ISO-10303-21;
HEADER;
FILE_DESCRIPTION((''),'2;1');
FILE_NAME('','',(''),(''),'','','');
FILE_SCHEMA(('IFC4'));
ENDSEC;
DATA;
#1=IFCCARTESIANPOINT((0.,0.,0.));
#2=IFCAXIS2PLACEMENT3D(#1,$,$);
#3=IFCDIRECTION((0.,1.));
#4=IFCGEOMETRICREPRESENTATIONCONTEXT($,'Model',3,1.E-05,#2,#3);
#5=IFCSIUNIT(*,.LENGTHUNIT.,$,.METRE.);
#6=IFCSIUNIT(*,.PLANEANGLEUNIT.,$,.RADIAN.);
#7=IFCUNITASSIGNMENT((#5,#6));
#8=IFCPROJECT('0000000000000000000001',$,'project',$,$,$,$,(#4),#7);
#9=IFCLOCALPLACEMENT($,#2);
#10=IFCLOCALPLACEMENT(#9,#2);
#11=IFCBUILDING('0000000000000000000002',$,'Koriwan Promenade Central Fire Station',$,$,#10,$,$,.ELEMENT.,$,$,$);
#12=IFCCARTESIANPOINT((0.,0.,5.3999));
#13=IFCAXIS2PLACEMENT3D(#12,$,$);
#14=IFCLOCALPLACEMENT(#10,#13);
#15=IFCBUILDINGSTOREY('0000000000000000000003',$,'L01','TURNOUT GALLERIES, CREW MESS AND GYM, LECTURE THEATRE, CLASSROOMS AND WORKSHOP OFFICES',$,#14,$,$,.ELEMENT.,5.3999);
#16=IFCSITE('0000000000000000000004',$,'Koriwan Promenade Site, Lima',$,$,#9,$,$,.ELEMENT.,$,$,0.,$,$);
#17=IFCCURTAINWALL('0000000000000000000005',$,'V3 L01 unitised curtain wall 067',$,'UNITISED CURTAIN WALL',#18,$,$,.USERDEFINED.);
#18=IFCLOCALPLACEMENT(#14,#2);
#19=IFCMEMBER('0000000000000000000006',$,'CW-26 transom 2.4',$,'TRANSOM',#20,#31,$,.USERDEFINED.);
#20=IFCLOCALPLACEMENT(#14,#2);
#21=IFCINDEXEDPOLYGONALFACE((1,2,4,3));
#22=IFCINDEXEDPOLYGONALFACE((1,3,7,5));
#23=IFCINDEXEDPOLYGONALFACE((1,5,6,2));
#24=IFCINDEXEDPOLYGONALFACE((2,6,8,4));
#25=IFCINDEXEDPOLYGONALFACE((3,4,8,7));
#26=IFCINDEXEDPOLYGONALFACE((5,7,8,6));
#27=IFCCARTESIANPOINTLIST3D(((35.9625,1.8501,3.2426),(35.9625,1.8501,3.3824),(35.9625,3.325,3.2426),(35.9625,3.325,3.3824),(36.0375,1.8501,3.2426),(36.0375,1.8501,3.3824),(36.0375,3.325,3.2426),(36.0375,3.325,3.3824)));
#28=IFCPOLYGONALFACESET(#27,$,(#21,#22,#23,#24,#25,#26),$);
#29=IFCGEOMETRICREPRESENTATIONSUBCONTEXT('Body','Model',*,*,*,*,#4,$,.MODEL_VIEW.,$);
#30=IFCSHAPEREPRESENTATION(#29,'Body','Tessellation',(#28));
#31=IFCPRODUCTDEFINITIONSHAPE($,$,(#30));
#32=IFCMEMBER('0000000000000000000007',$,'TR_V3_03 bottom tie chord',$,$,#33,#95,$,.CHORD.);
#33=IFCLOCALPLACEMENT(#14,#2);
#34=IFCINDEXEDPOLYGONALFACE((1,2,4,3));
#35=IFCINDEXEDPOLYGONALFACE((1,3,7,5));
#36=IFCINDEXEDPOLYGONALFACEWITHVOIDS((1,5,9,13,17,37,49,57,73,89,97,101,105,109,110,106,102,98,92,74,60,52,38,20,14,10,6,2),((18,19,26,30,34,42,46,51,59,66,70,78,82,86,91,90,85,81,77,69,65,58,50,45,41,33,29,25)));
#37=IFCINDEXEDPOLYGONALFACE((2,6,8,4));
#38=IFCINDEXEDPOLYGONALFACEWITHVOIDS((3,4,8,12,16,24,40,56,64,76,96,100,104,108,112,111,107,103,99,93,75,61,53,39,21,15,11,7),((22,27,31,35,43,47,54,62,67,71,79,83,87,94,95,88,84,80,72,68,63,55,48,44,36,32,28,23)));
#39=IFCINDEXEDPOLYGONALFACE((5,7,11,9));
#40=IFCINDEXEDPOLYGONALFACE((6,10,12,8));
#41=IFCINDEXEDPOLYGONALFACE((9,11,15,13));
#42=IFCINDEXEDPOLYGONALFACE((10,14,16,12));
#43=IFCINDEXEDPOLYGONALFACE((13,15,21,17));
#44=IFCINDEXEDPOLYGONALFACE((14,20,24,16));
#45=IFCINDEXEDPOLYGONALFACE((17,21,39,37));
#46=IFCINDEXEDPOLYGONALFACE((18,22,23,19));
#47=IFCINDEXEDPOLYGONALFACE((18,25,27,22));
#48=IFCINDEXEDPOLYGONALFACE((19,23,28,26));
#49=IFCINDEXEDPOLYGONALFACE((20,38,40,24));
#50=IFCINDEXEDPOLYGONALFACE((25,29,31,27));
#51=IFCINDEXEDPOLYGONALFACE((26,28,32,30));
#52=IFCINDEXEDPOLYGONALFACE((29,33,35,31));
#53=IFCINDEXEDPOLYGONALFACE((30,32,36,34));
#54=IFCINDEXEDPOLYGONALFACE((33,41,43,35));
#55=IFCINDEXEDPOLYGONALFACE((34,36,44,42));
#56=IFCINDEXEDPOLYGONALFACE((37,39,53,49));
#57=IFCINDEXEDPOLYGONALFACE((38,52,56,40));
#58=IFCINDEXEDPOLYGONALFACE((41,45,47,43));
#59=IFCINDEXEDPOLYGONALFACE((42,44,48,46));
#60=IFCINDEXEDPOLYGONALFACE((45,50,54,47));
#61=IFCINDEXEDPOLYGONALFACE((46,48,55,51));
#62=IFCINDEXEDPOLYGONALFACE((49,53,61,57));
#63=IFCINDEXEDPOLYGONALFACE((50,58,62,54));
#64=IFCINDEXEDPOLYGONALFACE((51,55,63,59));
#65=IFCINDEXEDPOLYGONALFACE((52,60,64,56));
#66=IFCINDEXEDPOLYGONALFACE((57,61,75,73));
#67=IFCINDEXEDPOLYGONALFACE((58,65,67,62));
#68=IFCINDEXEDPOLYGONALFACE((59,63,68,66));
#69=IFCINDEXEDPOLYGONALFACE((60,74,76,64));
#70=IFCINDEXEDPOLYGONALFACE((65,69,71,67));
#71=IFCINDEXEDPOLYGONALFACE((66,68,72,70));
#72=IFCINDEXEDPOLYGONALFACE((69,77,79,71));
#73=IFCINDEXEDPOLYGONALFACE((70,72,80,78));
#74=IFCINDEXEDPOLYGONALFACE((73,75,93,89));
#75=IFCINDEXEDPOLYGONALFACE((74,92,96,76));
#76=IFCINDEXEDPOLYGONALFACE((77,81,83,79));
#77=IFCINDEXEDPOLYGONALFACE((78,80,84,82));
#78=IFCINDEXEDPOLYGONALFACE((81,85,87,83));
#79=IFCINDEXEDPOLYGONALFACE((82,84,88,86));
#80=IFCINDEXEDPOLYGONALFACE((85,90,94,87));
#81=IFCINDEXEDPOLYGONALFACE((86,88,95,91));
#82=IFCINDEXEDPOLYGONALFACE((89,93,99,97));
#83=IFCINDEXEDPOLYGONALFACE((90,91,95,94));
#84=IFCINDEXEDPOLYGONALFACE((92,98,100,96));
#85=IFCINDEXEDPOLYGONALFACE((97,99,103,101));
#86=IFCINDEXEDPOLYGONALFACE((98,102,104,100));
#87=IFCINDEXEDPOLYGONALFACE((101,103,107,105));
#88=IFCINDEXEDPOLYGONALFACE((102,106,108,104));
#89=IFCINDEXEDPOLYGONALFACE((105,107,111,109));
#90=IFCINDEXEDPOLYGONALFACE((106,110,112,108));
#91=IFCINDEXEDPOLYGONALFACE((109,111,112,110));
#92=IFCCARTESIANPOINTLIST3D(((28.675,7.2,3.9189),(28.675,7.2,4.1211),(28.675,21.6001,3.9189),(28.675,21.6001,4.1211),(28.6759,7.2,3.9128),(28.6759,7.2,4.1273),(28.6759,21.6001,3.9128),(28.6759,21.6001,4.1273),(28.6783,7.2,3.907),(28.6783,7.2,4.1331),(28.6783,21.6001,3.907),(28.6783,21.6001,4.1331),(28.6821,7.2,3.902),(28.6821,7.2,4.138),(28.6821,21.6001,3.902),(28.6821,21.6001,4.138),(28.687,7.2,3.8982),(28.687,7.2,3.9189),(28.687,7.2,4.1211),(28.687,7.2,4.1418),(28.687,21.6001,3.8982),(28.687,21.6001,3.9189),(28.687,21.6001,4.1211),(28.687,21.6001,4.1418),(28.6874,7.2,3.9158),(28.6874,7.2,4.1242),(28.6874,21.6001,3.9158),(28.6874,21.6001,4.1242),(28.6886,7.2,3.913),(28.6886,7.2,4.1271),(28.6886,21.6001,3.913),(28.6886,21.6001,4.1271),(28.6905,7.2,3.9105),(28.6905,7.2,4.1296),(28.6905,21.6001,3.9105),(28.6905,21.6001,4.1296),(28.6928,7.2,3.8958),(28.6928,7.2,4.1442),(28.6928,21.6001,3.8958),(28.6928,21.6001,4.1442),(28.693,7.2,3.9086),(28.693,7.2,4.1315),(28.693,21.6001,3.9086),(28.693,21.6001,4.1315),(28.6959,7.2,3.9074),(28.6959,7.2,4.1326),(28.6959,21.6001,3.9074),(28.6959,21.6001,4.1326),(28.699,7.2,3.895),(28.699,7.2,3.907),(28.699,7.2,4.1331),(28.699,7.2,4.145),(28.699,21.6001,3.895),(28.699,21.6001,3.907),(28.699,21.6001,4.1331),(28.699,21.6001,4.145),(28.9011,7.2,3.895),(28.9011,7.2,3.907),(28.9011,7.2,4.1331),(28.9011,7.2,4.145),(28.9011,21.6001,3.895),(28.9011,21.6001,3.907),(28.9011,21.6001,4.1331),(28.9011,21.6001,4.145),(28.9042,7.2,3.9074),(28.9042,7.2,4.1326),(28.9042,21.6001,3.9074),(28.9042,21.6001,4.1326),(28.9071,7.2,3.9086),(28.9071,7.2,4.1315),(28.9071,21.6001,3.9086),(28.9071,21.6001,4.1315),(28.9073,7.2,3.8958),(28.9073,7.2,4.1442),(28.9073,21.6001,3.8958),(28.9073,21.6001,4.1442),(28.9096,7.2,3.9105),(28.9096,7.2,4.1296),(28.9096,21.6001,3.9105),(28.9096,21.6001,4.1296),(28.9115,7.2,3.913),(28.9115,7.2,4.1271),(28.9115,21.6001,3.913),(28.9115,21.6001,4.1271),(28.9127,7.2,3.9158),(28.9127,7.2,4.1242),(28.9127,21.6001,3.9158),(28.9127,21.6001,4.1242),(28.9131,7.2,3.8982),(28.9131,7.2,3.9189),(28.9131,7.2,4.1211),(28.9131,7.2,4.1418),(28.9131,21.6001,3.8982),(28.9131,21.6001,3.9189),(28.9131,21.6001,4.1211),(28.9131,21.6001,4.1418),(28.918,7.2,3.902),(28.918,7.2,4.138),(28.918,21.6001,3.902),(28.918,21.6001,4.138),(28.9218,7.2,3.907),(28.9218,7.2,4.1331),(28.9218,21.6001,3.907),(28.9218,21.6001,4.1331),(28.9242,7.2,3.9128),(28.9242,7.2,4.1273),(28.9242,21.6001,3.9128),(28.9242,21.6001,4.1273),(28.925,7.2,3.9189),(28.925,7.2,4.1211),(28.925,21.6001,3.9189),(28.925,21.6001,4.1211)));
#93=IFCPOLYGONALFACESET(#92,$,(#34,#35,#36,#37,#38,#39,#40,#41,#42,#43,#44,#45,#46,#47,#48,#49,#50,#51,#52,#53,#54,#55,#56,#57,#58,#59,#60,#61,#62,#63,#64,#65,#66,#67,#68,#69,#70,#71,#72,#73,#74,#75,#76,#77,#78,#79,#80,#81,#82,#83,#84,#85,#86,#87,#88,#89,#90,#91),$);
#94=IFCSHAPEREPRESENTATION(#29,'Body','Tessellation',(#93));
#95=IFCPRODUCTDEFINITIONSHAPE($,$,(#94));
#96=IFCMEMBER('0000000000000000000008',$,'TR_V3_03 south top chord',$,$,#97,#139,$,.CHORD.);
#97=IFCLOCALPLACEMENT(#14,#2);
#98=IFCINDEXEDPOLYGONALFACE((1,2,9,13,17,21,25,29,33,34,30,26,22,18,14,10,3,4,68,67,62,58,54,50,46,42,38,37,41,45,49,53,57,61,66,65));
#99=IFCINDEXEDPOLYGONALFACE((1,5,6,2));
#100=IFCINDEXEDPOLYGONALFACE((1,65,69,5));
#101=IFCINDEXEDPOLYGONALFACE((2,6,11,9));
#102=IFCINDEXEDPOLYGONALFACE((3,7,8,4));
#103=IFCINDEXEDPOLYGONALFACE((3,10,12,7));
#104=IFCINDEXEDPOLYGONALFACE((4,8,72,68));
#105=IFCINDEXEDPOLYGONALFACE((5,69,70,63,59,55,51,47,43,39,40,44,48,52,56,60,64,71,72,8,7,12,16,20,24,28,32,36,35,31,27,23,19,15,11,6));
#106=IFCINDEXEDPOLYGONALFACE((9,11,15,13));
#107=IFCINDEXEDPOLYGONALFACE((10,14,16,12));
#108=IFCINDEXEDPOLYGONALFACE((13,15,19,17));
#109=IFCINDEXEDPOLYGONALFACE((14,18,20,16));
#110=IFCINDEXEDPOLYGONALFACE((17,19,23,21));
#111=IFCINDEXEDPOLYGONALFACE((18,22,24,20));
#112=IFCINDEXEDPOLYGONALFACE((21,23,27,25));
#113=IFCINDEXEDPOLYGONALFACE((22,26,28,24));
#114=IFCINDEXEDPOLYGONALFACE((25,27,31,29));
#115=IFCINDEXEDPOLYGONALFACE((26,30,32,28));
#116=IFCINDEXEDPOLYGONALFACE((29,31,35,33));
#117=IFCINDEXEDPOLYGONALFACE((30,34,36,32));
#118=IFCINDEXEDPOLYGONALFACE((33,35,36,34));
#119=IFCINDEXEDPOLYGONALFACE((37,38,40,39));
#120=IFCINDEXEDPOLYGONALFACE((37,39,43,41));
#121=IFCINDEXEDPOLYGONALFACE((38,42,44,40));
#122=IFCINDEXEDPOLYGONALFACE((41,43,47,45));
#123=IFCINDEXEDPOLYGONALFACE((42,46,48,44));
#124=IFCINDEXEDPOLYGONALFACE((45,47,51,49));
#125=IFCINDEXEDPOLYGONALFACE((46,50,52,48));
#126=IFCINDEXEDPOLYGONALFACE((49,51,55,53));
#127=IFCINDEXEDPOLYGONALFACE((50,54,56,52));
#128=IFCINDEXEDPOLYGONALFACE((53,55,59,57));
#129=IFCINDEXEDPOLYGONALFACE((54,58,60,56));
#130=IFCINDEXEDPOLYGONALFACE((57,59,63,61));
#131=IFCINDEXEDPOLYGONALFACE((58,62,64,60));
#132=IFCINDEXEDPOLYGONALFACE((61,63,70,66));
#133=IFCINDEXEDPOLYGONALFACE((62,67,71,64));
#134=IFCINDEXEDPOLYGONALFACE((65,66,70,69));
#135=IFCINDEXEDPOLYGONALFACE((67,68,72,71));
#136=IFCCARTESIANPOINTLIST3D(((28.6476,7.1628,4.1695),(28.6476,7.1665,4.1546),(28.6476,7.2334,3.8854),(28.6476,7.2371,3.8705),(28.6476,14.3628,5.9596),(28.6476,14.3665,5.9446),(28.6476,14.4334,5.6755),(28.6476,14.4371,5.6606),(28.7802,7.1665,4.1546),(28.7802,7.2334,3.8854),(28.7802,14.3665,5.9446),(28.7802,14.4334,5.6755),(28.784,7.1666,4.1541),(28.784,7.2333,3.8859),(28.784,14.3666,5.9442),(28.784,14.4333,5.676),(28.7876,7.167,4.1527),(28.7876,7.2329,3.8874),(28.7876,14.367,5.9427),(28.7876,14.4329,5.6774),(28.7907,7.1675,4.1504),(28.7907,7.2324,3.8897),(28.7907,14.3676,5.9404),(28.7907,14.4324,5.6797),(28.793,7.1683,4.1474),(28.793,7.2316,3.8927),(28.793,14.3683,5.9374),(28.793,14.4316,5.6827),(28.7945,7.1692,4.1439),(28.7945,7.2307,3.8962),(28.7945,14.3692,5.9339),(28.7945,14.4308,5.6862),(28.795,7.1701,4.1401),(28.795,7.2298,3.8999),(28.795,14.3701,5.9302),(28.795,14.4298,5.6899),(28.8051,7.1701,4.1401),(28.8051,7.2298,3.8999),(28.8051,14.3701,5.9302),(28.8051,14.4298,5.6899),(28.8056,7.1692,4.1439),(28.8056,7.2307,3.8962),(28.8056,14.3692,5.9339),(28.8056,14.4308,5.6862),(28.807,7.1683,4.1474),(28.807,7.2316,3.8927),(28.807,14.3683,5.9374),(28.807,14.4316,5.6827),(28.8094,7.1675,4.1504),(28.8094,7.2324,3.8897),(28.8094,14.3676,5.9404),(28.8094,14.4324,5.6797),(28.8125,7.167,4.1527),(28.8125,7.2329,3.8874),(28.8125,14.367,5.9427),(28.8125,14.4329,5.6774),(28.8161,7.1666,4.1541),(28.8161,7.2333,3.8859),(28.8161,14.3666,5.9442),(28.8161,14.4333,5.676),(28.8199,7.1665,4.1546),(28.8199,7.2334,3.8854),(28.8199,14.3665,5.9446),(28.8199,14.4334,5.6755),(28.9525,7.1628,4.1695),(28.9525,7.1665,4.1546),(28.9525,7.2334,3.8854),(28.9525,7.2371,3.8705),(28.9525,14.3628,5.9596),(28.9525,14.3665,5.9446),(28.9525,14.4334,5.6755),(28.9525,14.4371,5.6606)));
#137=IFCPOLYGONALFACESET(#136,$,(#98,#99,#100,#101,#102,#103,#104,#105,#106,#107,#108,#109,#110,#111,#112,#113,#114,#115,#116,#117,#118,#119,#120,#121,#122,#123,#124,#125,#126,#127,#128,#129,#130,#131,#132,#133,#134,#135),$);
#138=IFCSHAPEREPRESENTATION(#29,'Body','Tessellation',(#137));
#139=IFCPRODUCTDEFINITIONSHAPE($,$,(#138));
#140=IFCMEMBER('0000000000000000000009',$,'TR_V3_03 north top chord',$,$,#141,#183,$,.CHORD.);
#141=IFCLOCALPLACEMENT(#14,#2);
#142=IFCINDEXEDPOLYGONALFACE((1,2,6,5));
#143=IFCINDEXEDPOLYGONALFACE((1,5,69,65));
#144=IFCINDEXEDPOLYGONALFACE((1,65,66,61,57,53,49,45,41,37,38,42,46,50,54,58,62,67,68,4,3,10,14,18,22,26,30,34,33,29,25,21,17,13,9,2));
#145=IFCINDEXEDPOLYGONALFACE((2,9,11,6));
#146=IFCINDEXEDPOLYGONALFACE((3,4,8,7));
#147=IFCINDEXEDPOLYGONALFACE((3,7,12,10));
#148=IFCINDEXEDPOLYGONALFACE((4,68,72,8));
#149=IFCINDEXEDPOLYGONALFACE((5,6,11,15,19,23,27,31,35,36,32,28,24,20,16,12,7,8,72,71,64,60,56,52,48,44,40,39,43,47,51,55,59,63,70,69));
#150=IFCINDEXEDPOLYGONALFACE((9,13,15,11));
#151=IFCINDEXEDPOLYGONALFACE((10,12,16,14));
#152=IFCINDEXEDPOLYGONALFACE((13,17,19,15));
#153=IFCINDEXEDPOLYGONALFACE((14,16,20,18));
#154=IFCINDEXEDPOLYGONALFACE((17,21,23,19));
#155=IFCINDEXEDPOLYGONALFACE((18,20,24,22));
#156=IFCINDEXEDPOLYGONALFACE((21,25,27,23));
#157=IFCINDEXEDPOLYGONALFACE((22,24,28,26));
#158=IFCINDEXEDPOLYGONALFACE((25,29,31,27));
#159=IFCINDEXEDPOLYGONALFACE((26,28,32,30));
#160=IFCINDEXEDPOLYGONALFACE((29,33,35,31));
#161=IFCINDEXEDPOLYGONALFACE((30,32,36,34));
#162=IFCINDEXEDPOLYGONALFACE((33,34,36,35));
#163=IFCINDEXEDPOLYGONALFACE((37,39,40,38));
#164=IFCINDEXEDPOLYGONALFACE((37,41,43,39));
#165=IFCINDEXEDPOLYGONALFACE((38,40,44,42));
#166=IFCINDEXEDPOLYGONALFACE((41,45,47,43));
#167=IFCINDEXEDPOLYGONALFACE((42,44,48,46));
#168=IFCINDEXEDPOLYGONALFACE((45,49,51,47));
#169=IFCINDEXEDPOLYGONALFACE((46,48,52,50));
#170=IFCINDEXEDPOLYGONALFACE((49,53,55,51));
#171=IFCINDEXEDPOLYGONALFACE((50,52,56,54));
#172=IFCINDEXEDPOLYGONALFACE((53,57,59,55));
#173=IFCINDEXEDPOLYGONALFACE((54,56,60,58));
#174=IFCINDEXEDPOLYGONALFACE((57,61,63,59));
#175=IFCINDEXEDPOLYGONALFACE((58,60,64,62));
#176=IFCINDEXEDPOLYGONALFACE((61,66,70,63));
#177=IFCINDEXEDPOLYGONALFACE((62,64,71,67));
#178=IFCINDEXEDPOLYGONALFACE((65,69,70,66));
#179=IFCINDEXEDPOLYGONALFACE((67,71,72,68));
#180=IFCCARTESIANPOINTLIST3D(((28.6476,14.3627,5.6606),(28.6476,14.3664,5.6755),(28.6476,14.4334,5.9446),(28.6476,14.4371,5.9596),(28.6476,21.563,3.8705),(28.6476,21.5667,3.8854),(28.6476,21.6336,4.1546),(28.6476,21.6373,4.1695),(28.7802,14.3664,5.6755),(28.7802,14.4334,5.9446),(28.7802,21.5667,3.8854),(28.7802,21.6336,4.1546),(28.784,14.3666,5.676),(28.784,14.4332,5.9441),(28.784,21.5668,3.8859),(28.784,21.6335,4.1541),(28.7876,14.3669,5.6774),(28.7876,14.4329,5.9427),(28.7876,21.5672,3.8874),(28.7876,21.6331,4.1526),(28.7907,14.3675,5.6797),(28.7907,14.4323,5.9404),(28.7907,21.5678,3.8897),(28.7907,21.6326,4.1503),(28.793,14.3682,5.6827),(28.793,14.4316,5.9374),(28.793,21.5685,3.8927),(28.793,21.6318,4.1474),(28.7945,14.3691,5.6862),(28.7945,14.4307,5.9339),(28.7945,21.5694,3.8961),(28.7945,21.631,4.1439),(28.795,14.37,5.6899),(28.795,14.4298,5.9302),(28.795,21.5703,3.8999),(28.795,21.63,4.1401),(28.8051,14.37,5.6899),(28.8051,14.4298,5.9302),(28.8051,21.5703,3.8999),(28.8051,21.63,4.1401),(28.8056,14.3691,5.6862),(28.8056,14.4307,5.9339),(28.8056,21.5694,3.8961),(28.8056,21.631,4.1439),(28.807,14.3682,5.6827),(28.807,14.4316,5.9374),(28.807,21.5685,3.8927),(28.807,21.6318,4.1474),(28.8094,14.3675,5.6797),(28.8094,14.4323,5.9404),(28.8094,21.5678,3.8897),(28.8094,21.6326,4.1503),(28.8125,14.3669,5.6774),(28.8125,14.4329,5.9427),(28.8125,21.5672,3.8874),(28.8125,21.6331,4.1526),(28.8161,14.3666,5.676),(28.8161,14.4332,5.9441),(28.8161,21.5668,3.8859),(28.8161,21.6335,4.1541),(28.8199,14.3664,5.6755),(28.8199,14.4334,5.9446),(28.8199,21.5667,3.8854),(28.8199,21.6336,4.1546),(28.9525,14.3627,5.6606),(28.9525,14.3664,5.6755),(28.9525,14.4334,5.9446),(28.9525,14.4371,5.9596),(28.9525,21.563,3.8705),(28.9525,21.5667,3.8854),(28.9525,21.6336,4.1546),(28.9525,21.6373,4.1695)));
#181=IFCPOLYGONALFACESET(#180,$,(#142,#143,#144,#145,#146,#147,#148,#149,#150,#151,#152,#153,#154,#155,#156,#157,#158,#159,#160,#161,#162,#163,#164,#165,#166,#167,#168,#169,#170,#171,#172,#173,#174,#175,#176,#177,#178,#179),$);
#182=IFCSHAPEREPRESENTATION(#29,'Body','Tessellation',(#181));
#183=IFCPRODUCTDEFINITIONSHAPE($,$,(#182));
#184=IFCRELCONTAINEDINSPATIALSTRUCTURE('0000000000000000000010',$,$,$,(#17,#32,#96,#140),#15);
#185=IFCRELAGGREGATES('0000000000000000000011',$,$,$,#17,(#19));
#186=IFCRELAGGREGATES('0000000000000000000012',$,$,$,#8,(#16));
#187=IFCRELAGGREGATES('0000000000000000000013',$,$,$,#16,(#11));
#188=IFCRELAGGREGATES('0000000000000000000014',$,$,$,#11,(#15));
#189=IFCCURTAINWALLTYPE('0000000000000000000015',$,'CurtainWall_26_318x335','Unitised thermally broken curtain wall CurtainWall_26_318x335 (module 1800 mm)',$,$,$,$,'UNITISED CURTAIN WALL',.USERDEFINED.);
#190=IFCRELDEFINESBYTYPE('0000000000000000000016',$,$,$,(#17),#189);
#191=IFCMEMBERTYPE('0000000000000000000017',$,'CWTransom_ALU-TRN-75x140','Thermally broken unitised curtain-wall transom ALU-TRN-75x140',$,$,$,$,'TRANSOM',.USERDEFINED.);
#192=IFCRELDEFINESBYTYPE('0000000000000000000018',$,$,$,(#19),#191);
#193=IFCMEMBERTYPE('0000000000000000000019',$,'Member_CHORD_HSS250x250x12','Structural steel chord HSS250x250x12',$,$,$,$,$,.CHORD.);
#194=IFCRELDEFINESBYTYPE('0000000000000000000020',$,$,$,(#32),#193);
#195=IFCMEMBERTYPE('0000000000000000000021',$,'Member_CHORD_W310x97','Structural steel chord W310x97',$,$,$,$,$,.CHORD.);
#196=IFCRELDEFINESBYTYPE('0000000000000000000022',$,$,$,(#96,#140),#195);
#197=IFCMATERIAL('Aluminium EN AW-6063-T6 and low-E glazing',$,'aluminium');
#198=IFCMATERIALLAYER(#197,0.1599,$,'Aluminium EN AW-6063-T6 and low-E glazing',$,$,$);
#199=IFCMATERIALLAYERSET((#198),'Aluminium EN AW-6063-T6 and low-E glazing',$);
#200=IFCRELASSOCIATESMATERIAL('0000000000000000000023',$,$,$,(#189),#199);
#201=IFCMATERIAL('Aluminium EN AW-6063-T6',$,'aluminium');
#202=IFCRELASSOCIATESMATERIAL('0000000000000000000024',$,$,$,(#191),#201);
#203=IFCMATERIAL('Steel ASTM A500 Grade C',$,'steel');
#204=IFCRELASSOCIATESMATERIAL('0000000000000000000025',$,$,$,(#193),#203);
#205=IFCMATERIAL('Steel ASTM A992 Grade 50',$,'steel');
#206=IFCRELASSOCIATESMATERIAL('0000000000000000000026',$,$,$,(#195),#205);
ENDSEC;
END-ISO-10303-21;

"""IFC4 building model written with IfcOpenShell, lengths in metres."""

from ifc_helpers import new_model, si_unit, direction, frame, origin, origin_2d, place, context, subcontext, project, spatial, rectangle, hollow_rectangle, i_section, extrude, material, layer, layer_set, material_profile, profile_set, type_object, element, aggregate, save


model = new_model("IFC4")

# Units and contexts
model_context = context("Model", 3, precision=1e-05, world=origin(), true_north=direction((0.0, 1.0)))
body_context = subcontext(model_context, "Body", "Model", "MODEL_VIEW")
ifc_project = project(units=[si_unit("LENGTHUNIT", "METRE"), si_unit("PLANEANGLEUNIT", "RADIAN")], contexts=[model_context])

# Site, building, storey
site_placement = place(None, origin())
site = spatial("IfcSite", under=ifc_project, at=site_placement, Name="Koriwan Promenade Site, Lima", CompositionType="ELEMENT", RefElevation=0.0)
building_placement = place(site_placement, origin())
building = spatial("IfcBuilding", under=site, at=building_placement, Name="Koriwan Promenade Central Fire Station", CompositionType="ELEMENT")
storey_placement = place(building_placement, frame((0.0, 0.0, 5.3999)))
storey = spatial("IfcBuildingStorey", under=building, at=storey_placement, Name="L01", Description="TURNOUT GALLERIES, CREW MESS AND GYM, LECTURE THEATRE, CLASSROOMS AND WORKSHOP OFFICES", CompositionType="ELEMENT", Elevation=5.3999)

# Curtain wall, member
ifc_material_1 = material(Name="Aluminium EN AW-6063-T6 and low-E glazing", Category="aluminium")
ifc_layer_1 = layer(ifc_material_1, 0.1599, Name="Aluminium EN AW-6063-T6 and low-E glazing")
ifc_layer_set_1 = layer_set([ifc_layer_1], Name="Aluminium EN AW-6063-T6 and low-E glazing")
curtain_wall_type = type_object("IfcCurtainWallType", Name="CurtainWall_26_318x335", Description="Unitised thermally broken curtain wall CurtainWall_26_318x335 (module 1800 mm)", ElementType="UNITISED CURTAIN WALL", PredefinedType="USERDEFINED", material=ifc_layer_set_1)
curtain_wall_placement = place(storey_placement, origin())
curtain_wall = element("IfcCurtainWall", 1, at=curtain_wall_placement, inside=storey, type_object=curtain_wall_type, Name="V3 L01 unitised curtain wall 067", ObjectType="UNITISED CURTAIN WALL", PredefinedType="USERDEFINED")
ifc_material_2 = material(Name="Aluminium EN AW-6063-T6", Category="aluminium")
ifc_material_profile_1 = material_profile(ifc_material_2, rectangle(XDim=0.075, YDim=0.1399, at=origin_2d()), Name="ALU-TRN-75x140")
ifc_profile_set_1 = profile_set([ifc_material_profile_1], Name="Aluminium EN AW-6063-T6")
member_type_1 = type_object("IfcMemberType", Name="CWTransom_ALU-TRN-75x140", Description="Thermally broken unitised curtain-wall transom ALU-TRN-75x140", ElementType="TRANSOM", PredefinedType="USERDEFINED", material=ifc_profile_set_1)
member_1_placement = place(storey_placement, frame((36.0, 1.8501, 3.3125), z_axis=(0.0, 1.0, 0.0), x_axis=(-1.0, 0.0, 0.0)))
member_1 = element("IfcMember", 2, at=member_1_placement, type_object=member_type_1, Name="CW-26 transom 2.4", ObjectType="TRANSOM", PredefinedType="USERDEFINED", context=body_context, shape_type="SweptSolid", body=[
    extrude(rectangle(XDim=0.075, YDim=0.1399, at=origin_2d()), origin(), (0.0, 0.0, 1.0), 1.4749),
])

# Members
ifc_material_3 = material(Name="Steel ASTM A500 Grade C", Category="steel")
ifc_material_profile_2 = material_profile(ifc_material_3, hollow_rectangle(XDim=0.25, YDim=0.25, WallThickness=0.012, InnerFilletRadius=0.012, OuterFilletRadius=0.0239, at=origin_2d()), Name="HSS250x250x12")
ifc_profile_set_2 = profile_set([ifc_material_profile_2], Name="Steel ASTM A500 Grade C")
member_type_2 = type_object("IfcMemberType", Name="Member_CHORD_HSS250x250x12", Description="Structural steel chord HSS250x250x12", PredefinedType="CHORD", material=ifc_profile_set_2)
member_2_placement = place(storey_placement, frame((28.8, 7.2, 4.02), z_axis=(0.0, 1.0, 0.0), x_axis=(-1.0, 0.0, 0.0)))
element("IfcMember", 3, at=member_2_placement, inside=storey, type_object=member_type_2, Name="TR_V3_03 bottom tie chord", PredefinedType="CHORD", context=body_context, shape_type="SweptSolid", body=[
    extrude(hollow_rectangle(XDim=0.25, YDim=0.25, WallThickness=0.012, InnerFilletRadius=0.012, OuterFilletRadius=0.0239, at=origin_2d()), origin(), (0.0, 0.0, 1.0), 14.4001),
])
ifc_material_4 = material(Name="Steel ASTM A992 Grade 50", Category="steel")
ifc_material_profile_3 = material_profile(ifc_material_4, i_section(OverallWidth=0.3049, OverallDepth=0.3081, WebThickness=0.01, FlangeThickness=0.0154, FilletRadius=0.0149, at=origin_2d()), Name="W310x97")
ifc_profile_set_3 = profile_set([ifc_material_profile_3], Name="Steel ASTM A992 Grade 50")
member_type_3 = type_object("IfcMemberType", Name="Member_CHORD_W310x97", Description="Structural steel chord W310x97", PredefinedType="CHORD", material=ifc_profile_set_3)
member_3_placement = place(storey_placement, frame((28.8, 7.2, 4.02), z_axis=(0.0, 0.970457, 0.241273), x_axis=(-1.0, 0.0, 0.0)))
element("IfcMember", 4, at=member_3_placement, inside=storey, type_object=member_type_3, Name="TR_V3_03 south top chord", PredefinedType="CHORD", context=body_context, shape_type="SweptSolid", body=[
    extrude(i_section(OverallWidth=0.3049, OverallDepth=0.3081, WebThickness=0.01, FlangeThickness=0.0154, FilletRadius=0.0149, at=origin_2d()), origin(), (0.0, 0.0, 1.0), 7.4192),
])
member_4_placement = place(storey_placement, frame((28.8, 14.3999, 5.8101), z_axis=(0.0, 0.970459, -0.241266), x_axis=(-1.0, 0.0, 0.0)))
element("IfcMember", 5, at=member_4_placement, inside=storey, type_object=member_type_3, Name="TR_V3_03 north top chord", PredefinedType="CHORD", context=body_context, shape_type="SweptSolid", body=[
    extrude(i_section(OverallWidth=0.3049, OverallDepth=0.3081, WebThickness=0.01, FlangeThickness=0.0154, FilletRadius=0.0149, at=origin_2d()), origin(), (0.0, 0.0, 1.0), 7.4194),
])

aggregate(curtain_wall, [member_1])

save(model, "model.ifc")
